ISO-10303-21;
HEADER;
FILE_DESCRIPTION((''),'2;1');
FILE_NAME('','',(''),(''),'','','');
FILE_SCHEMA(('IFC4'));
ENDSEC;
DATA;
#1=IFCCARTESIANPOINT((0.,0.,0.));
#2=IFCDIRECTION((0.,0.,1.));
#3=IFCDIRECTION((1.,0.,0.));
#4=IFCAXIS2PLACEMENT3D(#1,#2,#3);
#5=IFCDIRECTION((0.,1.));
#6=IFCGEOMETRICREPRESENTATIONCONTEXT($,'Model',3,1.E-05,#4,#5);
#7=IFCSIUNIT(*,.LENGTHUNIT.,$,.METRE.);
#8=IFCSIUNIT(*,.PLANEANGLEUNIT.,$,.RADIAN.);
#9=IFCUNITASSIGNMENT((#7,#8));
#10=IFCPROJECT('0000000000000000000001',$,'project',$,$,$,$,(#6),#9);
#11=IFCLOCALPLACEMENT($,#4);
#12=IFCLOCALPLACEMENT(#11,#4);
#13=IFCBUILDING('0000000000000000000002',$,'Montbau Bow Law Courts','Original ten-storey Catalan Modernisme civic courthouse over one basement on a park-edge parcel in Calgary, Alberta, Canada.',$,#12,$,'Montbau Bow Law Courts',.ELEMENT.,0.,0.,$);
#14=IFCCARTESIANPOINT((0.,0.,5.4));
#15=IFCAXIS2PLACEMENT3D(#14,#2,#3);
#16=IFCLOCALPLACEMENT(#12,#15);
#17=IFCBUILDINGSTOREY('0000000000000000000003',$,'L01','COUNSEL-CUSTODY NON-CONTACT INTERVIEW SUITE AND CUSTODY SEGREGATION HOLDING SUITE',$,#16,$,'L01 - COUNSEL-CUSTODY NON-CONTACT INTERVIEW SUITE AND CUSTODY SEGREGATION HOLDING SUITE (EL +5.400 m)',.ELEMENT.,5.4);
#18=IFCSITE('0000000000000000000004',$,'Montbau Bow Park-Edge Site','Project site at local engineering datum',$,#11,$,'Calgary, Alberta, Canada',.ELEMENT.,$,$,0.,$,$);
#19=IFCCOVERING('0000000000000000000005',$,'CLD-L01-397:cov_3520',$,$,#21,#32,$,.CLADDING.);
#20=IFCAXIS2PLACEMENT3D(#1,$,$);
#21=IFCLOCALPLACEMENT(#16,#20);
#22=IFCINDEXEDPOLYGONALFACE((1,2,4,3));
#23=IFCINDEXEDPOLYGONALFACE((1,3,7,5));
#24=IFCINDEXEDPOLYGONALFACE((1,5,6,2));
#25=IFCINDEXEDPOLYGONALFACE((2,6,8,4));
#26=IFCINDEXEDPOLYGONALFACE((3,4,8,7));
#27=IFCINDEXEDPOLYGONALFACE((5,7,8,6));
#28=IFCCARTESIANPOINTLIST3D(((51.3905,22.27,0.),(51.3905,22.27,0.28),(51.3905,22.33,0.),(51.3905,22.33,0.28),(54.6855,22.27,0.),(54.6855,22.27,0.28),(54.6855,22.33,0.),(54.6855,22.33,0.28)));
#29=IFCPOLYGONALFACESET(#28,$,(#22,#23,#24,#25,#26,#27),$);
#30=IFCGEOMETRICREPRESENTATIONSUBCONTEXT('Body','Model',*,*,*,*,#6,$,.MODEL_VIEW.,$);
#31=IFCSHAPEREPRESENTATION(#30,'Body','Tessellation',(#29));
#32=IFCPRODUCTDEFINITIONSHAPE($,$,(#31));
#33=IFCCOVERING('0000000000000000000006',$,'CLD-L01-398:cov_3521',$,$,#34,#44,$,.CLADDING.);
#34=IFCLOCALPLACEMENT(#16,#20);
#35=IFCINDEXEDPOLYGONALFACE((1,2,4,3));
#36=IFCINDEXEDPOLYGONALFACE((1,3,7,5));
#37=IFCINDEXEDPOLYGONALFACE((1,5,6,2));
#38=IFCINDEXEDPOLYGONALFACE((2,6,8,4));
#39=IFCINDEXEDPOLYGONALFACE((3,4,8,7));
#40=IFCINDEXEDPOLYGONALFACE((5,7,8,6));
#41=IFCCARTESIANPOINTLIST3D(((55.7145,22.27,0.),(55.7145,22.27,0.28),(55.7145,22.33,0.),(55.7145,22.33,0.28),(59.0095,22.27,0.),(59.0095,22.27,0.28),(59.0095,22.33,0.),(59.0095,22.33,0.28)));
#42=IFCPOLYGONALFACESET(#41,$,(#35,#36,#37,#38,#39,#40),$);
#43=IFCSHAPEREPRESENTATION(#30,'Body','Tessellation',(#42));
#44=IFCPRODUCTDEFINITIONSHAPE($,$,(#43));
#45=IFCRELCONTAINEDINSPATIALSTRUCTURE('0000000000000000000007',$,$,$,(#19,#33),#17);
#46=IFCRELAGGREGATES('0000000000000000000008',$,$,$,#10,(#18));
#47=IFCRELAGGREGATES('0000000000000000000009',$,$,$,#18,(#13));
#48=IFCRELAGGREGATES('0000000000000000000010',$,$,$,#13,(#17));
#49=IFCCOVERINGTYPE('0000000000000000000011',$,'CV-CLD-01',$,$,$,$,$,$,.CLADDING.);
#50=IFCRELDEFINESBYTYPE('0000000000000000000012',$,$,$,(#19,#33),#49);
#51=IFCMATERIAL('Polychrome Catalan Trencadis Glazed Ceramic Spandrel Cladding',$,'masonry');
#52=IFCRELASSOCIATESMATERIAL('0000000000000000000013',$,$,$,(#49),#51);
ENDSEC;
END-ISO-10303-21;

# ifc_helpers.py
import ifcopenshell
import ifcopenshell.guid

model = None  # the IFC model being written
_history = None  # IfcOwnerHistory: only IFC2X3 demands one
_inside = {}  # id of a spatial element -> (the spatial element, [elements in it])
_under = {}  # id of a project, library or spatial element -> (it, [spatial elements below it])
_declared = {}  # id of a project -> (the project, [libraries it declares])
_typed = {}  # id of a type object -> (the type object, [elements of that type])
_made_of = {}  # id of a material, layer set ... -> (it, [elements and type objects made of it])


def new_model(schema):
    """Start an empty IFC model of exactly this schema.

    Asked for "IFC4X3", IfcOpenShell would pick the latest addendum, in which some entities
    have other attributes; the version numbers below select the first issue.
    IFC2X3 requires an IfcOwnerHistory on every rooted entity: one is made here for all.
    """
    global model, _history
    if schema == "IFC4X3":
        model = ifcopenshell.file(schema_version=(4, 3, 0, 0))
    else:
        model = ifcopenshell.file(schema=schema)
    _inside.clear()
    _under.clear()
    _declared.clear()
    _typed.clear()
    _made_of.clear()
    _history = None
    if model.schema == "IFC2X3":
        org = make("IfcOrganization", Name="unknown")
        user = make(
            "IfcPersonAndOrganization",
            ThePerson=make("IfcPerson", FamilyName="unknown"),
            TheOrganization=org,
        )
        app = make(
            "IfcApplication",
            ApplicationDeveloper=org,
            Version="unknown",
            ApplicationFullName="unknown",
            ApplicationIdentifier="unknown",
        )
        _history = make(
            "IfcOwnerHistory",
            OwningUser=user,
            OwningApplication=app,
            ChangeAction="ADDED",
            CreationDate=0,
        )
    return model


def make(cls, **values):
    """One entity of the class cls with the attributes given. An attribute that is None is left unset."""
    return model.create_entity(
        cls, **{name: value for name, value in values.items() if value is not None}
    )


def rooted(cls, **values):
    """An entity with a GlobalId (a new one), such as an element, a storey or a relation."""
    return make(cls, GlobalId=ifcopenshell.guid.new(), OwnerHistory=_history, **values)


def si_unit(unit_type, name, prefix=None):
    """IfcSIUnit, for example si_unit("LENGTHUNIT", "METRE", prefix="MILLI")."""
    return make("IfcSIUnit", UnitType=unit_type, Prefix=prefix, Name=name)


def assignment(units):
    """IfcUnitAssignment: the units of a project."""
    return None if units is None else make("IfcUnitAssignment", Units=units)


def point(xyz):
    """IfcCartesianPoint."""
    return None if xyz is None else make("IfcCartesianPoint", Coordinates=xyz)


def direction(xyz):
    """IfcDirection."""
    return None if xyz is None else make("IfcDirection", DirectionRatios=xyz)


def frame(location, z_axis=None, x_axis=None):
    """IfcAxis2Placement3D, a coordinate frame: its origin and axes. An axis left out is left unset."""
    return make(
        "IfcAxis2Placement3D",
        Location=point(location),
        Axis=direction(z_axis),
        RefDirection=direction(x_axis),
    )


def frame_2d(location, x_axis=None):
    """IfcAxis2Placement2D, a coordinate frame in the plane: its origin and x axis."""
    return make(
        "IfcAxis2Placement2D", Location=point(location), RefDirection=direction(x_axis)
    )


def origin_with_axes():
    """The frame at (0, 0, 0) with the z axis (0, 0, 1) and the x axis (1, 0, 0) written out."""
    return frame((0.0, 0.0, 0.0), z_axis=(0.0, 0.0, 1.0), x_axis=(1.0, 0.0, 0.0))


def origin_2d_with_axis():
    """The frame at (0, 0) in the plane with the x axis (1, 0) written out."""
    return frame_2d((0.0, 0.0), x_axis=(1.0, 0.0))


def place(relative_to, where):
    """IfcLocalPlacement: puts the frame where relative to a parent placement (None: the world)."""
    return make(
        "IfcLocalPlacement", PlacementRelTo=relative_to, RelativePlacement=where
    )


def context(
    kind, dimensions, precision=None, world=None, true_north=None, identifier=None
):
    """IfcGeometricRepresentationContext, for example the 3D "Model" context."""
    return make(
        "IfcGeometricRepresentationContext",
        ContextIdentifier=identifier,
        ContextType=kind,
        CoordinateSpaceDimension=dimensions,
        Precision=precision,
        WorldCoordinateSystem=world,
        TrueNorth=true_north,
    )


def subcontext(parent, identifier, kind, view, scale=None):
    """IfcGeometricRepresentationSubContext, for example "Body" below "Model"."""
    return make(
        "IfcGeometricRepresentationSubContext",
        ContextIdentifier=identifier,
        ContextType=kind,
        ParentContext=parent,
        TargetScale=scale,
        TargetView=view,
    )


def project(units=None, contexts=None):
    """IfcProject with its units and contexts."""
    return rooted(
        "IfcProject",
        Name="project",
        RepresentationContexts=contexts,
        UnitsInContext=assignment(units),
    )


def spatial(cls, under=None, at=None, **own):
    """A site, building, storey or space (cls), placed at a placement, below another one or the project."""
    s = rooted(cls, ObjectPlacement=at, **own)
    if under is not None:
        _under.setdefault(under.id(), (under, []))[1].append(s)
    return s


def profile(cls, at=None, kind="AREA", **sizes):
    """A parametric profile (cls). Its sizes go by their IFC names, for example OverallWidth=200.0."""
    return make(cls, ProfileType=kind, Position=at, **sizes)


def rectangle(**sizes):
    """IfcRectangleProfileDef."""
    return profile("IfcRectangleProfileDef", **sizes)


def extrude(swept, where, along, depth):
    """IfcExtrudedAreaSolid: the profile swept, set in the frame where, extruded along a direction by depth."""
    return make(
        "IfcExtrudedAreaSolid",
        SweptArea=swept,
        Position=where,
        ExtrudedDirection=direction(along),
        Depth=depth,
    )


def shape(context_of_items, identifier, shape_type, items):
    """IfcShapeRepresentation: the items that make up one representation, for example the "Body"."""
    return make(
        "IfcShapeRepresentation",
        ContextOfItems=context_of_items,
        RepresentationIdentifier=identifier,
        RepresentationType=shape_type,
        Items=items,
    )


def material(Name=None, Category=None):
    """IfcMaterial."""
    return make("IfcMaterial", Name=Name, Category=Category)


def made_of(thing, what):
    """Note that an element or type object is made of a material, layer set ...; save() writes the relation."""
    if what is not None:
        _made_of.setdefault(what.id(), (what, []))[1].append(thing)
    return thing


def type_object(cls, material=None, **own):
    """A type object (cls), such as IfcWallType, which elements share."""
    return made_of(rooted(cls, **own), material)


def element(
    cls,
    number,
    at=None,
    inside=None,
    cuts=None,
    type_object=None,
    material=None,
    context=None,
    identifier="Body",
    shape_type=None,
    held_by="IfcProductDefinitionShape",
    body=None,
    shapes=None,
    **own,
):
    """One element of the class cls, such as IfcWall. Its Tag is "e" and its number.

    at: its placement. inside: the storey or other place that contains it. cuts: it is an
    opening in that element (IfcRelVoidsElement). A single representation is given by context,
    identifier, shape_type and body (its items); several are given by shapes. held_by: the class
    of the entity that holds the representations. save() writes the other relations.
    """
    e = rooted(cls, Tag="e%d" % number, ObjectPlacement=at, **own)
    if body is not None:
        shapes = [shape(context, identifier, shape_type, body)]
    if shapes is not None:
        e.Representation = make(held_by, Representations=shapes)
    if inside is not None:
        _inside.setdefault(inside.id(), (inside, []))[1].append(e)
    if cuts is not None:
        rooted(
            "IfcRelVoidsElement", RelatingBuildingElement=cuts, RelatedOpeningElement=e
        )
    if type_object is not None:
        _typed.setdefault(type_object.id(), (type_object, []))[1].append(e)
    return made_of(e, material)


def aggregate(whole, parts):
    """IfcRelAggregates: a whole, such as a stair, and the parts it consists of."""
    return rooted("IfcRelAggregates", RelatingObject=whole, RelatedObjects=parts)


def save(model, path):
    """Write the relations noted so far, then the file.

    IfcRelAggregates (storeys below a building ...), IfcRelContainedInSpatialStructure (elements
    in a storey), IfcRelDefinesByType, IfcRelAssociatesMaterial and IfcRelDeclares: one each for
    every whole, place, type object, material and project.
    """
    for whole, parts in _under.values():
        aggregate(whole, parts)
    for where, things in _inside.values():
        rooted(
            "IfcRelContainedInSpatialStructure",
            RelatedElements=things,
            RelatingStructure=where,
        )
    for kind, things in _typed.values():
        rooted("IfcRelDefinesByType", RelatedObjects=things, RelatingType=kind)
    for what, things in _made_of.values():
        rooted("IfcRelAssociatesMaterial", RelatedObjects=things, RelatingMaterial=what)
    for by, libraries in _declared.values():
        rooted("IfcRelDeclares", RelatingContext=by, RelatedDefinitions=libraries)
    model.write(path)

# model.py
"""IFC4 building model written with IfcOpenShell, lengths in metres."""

from ifc_helpers import new_model, si_unit, direction, frame, origin_with_axes, origin_2d_with_axis, place, context, subcontext, project, spatial, rectangle, extrude, material, type_object, element, save


model = new_model("IFC4")

# Units and contexts
model_context = context("Model", 3, precision=1e-05, world=origin_with_axes(), true_north=direction((0.0, 1.0)))
body_context = subcontext(model_context, "Body", "Model", "MODEL_VIEW")
ifc_project = project(units=[si_unit("LENGTHUNIT", "METRE"), si_unit("PLANEANGLEUNIT", "RADIAN")], contexts=[model_context])

# Site, building, storey
site_placement = place(None, origin_with_axes())
site = spatial("IfcSite", under=ifc_project, at=site_placement, Name="Montbau Bow Park-Edge Site", Description="Project site at local engineering datum", LongName="Calgary, Alberta, Canada", CompositionType="ELEMENT", RefElevation=0.0)
building_placement = place(site_placement, origin_with_axes())
building = spatial("IfcBuilding", under=site, at=building_placement, Name="Montbau Bow Law Courts", Description="Original ten-storey Catalan Modernisme civic courthouse over one basement on a park-edge parcel in Calgary, Alberta, Canada.", LongName="Montbau Bow Law Courts", CompositionType="ELEMENT", ElevationOfRefHeight=0.0, ElevationOfTerrain=0.0)
storey_placement = place(building_placement, frame((0.0, 0.0, 5.4), z_axis=(0.0, 0.0, 1.0), x_axis=(1.0, 0.0, 0.0)))
storey = spatial("IfcBuildingStorey", under=building, at=storey_placement, Name="L01", Description="COUNSEL-CUSTODY NON-CONTACT INTERVIEW SUITE AND CUSTODY SEGREGATION HOLDING SUITE", LongName="L01 - COUNSEL-CUSTODY NON-CONTACT INTERVIEW SUITE AND CUSTODY SEGREGATION HOLDING SUITE (EL +5.400 m)", CompositionType="ELEMENT", Elevation=5.4)

# Coverings
ifc_material_1 = material(Name="Polychrome Catalan Trencadis Glazed Ceramic Spandrel Cladding", Category="masonry")
covering_type = type_object("IfcCoveringType", Name="CV-CLD-01", PredefinedType="CLADDING", material=ifc_material_1)
for number, where, z_axis, x_axis, name in (
    (1, (53.038, 22.3, 5.4), (0.0, 0.0, 1.0), (1.0, 0.0, 0.0), "CLD-L01-397:cov_3520"),
    (2, (57.362, 22.3, 5.4), (0.0, 0.0, 1.0), (1.0, 0.0, 0.0), "CLD-L01-398:cov_3521"),
):
    element("IfcCovering", number, at=place(None, frame(where, z_axis=z_axis, x_axis=x_axis)), inside=storey, type_object=covering_type, Name=name, PredefinedType="CLADDING", context=body_context, shape_type="SweptSolid", body=[
        extrude(rectangle(XDim=3.295, YDim=0.06, at=origin_2d_with_axis()), origin_with_axes(), (0.0, 0.0, 1.0), 0.28),
    ])

save(model, "model.ifc")
